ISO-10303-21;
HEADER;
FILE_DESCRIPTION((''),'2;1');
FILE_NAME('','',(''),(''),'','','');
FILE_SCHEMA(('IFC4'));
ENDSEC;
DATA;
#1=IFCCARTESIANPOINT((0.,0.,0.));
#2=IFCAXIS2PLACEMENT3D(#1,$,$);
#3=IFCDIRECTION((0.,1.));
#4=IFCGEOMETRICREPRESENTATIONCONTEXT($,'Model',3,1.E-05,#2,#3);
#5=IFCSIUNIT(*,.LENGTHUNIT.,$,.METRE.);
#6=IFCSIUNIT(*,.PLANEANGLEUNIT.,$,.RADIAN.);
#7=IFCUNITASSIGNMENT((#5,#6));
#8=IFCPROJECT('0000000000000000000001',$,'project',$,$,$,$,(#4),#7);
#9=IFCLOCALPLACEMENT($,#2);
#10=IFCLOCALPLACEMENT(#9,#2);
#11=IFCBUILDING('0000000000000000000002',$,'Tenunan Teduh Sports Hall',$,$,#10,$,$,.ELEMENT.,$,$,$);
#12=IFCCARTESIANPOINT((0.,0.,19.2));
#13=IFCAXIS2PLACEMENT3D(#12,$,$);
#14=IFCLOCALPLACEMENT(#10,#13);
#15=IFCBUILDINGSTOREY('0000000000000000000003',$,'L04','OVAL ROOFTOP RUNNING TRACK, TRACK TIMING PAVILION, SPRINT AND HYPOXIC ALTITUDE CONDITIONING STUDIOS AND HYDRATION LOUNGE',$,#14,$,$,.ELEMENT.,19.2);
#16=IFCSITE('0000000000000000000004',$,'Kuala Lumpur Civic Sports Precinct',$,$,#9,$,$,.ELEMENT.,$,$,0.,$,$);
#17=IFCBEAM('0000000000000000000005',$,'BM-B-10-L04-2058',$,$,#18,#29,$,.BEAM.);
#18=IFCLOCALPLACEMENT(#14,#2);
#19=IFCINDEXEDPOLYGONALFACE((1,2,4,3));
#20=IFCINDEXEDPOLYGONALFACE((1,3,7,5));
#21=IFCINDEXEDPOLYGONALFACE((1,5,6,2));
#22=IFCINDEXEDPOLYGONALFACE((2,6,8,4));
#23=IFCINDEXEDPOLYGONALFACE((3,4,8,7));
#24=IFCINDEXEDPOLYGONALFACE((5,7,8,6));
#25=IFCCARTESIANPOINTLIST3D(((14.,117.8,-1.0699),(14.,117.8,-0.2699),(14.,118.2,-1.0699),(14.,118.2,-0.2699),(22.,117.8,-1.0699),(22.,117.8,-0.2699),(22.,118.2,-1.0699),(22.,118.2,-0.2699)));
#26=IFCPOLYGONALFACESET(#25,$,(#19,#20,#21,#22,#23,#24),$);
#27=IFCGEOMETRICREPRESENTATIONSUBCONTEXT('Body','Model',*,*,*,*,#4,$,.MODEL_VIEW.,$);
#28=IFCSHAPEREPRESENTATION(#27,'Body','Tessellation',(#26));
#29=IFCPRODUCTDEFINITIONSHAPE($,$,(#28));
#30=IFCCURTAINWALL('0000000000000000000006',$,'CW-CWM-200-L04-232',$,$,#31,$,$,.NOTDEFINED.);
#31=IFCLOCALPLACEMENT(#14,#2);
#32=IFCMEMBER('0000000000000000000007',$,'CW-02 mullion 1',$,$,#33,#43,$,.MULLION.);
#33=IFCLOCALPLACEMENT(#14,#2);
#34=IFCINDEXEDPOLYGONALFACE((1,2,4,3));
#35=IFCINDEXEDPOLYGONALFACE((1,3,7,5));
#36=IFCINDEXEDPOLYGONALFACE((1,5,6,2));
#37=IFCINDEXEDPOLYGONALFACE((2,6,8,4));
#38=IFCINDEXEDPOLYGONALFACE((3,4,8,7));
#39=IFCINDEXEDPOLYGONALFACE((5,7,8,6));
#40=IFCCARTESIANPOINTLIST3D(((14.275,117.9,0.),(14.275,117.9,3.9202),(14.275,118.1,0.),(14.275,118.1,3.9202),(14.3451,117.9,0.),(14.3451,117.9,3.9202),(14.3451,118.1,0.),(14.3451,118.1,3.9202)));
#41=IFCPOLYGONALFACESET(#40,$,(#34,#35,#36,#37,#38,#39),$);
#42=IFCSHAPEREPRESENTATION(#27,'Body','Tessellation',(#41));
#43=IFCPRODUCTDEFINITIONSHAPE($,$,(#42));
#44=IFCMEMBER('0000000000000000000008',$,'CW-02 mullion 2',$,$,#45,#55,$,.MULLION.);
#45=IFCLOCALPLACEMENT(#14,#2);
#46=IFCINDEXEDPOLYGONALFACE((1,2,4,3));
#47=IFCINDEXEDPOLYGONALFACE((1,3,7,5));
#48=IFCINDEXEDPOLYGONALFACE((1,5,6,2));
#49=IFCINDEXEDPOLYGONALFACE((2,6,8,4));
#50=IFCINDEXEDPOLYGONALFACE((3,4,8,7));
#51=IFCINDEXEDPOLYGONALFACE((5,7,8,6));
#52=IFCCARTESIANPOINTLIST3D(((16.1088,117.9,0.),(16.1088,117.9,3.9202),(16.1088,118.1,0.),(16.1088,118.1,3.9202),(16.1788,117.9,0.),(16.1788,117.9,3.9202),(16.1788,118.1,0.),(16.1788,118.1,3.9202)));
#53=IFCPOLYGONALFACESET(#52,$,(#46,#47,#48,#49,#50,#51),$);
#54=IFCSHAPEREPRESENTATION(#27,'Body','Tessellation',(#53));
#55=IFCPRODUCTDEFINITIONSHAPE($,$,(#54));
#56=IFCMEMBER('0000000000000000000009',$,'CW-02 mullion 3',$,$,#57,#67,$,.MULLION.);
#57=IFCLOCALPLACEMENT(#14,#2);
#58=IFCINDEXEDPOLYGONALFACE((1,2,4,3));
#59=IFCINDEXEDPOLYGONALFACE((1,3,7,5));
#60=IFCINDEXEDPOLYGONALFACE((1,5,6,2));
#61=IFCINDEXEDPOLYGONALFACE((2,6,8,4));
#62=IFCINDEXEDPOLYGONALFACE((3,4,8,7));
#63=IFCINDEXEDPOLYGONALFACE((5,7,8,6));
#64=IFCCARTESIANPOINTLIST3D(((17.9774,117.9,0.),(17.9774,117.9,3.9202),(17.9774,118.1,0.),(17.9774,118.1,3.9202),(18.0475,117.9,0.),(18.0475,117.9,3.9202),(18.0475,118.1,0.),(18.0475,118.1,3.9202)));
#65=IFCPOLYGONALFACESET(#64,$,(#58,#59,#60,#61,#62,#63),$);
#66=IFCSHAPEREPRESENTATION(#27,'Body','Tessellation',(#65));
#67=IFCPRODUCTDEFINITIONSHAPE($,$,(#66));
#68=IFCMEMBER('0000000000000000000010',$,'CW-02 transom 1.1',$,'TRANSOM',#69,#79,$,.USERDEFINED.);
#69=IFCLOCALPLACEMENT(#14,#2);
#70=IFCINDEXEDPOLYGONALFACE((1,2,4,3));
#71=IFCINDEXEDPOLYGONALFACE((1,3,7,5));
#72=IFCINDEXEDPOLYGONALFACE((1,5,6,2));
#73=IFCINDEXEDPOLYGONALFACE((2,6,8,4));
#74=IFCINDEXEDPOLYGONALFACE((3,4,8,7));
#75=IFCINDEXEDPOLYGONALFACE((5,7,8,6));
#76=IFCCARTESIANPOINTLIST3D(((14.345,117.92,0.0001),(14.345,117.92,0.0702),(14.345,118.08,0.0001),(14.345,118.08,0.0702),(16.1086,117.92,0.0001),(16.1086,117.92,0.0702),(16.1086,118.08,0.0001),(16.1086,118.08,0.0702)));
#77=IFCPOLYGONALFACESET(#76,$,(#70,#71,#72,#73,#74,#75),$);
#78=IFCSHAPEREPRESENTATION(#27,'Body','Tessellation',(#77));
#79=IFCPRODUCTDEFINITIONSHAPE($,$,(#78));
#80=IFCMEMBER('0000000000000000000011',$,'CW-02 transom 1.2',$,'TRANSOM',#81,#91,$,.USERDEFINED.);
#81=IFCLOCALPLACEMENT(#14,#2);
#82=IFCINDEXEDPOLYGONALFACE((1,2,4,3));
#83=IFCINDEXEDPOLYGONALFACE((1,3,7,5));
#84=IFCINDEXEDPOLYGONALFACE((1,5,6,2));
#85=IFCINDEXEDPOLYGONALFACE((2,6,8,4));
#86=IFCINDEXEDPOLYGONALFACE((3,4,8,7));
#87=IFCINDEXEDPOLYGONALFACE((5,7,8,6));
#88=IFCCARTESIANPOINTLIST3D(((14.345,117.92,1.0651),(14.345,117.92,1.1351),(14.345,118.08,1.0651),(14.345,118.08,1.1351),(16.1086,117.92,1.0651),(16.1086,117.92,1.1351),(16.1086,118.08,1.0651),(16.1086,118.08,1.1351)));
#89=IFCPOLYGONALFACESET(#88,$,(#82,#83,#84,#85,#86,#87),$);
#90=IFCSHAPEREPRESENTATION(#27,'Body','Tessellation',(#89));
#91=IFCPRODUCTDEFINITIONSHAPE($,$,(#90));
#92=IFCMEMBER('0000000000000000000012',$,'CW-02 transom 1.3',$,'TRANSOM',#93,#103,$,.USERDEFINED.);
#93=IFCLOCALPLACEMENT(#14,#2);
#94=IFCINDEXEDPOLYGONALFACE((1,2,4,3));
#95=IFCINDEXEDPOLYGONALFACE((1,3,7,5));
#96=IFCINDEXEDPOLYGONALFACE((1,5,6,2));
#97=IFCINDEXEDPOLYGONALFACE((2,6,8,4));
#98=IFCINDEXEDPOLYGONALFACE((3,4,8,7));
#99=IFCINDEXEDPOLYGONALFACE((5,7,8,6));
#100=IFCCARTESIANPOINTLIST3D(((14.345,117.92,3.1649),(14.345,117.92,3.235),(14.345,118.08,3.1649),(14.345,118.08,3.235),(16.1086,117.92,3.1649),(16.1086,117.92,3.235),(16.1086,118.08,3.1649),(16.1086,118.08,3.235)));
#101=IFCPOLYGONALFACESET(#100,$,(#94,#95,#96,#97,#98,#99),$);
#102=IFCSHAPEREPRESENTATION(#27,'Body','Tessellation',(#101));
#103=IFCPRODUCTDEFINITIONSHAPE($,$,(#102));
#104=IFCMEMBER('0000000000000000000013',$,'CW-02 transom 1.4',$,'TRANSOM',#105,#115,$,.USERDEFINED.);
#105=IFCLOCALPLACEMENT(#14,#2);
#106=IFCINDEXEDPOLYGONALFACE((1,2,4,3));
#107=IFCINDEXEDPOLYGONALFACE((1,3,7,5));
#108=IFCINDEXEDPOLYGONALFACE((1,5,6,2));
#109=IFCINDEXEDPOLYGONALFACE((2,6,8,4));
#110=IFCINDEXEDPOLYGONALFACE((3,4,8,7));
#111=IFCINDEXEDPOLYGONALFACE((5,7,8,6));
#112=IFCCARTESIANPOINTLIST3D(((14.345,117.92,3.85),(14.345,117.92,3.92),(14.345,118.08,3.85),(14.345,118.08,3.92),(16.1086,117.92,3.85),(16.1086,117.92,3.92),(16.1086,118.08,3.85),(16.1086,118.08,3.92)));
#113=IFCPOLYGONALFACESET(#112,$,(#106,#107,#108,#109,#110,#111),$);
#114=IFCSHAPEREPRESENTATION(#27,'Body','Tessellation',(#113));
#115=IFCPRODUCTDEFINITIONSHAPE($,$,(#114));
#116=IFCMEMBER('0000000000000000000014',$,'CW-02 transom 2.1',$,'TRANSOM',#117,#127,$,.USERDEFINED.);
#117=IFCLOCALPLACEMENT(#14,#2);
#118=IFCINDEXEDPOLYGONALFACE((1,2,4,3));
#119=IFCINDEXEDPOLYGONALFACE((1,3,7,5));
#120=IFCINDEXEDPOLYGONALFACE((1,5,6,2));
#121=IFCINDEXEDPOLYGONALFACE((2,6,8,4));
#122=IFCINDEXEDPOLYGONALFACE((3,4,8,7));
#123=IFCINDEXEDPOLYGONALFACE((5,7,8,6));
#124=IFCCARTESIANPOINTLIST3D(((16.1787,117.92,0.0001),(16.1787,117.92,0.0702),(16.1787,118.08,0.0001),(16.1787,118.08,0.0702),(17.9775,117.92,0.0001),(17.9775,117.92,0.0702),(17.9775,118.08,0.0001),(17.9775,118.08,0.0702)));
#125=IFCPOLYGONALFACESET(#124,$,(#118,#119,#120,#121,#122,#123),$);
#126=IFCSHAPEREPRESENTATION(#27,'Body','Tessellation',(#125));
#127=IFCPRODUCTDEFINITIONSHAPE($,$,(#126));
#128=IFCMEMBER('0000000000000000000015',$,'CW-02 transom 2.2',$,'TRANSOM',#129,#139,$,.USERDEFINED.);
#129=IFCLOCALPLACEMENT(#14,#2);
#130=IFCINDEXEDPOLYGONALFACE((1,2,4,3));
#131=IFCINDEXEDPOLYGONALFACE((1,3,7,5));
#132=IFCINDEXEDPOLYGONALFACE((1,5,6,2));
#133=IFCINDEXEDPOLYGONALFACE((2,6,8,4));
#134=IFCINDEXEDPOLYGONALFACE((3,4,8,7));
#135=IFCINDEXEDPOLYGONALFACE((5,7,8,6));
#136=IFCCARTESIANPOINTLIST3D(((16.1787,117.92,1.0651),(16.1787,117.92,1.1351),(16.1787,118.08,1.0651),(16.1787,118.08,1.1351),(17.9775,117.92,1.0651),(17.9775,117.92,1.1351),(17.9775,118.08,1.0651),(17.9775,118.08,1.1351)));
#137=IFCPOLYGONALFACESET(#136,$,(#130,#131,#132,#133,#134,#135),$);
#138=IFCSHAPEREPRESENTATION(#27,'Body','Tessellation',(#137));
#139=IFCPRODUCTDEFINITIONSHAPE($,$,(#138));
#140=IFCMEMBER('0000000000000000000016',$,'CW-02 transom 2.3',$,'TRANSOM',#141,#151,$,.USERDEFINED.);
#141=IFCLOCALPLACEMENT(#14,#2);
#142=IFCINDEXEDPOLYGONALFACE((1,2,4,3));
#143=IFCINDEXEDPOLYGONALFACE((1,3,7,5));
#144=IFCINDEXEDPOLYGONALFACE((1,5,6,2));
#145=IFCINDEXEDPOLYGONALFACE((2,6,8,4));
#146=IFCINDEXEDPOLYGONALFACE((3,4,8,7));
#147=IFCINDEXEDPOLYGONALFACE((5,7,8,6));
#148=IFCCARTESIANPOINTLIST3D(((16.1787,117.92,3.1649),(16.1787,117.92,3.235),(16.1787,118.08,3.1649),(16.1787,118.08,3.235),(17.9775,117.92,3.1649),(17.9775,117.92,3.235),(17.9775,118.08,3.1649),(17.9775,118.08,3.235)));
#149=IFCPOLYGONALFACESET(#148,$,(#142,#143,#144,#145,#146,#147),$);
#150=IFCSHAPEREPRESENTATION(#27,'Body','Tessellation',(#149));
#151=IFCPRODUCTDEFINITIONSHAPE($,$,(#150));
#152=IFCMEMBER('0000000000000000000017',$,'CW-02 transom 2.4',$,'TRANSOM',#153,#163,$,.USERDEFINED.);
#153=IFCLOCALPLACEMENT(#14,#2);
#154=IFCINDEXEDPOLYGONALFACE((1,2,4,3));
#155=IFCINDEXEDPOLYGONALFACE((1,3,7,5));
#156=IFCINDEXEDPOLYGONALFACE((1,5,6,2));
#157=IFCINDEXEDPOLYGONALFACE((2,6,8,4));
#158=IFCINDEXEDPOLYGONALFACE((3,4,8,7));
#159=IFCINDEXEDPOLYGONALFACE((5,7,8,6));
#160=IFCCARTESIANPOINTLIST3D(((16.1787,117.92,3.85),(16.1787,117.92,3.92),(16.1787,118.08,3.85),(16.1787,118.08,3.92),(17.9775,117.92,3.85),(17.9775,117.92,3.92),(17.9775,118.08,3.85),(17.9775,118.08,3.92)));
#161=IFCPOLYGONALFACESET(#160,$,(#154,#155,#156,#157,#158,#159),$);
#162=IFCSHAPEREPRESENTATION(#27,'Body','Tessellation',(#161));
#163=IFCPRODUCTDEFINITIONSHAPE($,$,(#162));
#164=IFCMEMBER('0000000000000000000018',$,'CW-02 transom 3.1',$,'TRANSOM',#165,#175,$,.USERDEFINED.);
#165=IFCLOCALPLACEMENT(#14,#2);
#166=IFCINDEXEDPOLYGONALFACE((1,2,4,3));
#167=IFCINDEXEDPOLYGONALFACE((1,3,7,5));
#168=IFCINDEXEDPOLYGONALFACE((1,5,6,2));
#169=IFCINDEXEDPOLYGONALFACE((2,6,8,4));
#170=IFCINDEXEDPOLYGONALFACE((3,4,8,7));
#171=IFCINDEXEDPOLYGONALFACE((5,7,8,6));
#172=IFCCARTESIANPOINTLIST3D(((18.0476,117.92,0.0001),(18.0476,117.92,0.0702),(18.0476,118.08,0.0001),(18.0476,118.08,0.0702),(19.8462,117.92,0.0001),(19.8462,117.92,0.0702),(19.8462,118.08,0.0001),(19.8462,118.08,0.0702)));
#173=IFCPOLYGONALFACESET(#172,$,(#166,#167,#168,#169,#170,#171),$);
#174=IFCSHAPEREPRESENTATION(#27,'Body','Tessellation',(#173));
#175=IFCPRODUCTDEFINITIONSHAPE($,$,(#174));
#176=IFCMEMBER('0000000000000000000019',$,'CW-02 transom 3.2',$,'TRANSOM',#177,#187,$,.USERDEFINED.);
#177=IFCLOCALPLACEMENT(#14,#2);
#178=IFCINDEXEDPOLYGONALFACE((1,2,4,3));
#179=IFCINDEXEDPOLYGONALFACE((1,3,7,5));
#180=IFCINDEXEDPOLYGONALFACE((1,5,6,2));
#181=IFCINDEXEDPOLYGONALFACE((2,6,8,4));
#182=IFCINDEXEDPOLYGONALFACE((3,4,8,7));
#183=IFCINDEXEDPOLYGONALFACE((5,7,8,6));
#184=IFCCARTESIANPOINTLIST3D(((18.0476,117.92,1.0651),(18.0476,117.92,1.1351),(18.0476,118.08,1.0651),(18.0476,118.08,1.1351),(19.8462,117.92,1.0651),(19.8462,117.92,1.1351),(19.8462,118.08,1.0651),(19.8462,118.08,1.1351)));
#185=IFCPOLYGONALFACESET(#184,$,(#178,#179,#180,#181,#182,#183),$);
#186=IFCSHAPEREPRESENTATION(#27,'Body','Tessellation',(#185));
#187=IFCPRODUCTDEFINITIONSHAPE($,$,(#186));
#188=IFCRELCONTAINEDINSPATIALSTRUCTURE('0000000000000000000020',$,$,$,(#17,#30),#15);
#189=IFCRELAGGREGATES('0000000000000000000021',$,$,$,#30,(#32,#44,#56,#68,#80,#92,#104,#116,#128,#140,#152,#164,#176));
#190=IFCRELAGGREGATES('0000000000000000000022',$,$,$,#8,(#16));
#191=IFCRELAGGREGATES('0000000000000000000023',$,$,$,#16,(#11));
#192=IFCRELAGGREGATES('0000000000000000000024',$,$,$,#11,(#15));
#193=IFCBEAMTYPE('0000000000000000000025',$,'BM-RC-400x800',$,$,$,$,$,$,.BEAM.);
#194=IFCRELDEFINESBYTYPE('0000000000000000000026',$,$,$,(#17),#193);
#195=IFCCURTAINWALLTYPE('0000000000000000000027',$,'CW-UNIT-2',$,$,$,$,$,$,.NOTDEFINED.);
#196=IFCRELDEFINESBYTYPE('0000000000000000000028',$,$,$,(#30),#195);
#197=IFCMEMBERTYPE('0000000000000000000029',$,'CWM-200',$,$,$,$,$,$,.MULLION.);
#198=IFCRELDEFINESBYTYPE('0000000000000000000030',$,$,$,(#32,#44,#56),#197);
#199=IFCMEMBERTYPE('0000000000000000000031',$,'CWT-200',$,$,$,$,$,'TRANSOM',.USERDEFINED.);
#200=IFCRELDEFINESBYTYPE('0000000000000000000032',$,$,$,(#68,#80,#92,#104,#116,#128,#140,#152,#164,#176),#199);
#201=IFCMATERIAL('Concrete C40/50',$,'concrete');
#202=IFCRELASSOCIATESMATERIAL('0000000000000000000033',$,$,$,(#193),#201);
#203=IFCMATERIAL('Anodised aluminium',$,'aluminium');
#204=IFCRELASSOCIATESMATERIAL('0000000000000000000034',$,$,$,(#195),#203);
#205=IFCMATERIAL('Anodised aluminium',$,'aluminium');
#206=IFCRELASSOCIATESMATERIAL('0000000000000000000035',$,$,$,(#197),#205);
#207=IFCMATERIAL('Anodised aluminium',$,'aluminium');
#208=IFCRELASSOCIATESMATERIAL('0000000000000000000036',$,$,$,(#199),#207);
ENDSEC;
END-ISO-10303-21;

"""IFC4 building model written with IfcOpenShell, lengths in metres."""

from ifc_helpers import new_model, si_unit, direction, frame, origin, origin_2d, place, context, subcontext, project, spatial, rectangle, extrude, material, material_profile, profile_set, type_object, element, aggregate, save


model = new_model("IFC4")

# Units and contexts
model_context = context("Model", 3, precision=1e-05, world=origin(), true_north=direction((0.0, 1.0)))
body_context = subcontext(model_context, "Body", "Model", "MODEL_VIEW")
ifc_project = project(units=[si_unit("LENGTHUNIT", "METRE"), si_unit("PLANEANGLEUNIT", "RADIAN")], contexts=[model_context])

# Site, building, storey
site_placement = place(None, origin())
site = spatial("IfcSite", under=ifc_project, at=site_placement, Name="Kuala Lumpur Civic Sports Precinct", CompositionType="ELEMENT", RefElevation=0.0)
building_placement = place(site_placement, origin())
building = spatial("IfcBuilding", under=site, at=building_placement, Name="Tenunan Teduh Sports Hall", CompositionType="ELEMENT")
storey_placement = place(building_placement, frame((0.0, 0.0, 19.2)))
storey = spatial("IfcBuildingStorey", under=building, at=storey_placement, Name="L04", Description="OVAL ROOFTOP RUNNING TRACK, TRACK TIMING PAVILION, SPRINT AND HYPOXIC ALTITUDE CONDITIONING STUDIOS AND HYDRATION LOUNGE", CompositionType="ELEMENT", Elevation=19.2)

# Beam
ifc_material_1 = material(Name="Concrete C40/50", Category="concrete")
ifc_material_profile_1 = material_profile(ifc_material_1, rectangle(XDim=0.3999, YDim=0.8, at=origin_2d()), Name="RCB 400x800")
ifc_profile_set_1 = profile_set([ifc_material_profile_1], Name="Concrete C40/50")
beam_type = type_object("IfcBeamType", Name="BM-RC-400x800", PredefinedType="BEAM", material=ifc_profile_set_1)
beam_placement = place(storey_placement, frame((14.0, 118.0, -0.6699), z_axis=(1.0, 0.0, 0.0), x_axis=(0.0, 1.0, 0.0)))
element("IfcBeam", 1, at=beam_placement, inside=storey, type_object=beam_type, Name="BM-B-10-L04-2058", PredefinedType="BEAM", context=body_context, shape_type="SweptSolid", body=[
    extrude(rectangle(XDim=0.3999, YDim=0.8, at=origin_2d()), origin(), (0.0, 0.0, 1.0), 8.0),
])

# Curtain wall, members
ifc_material_2 = material(Name="Anodised aluminium", Category="aluminium")
curtain_wall_type = type_object("IfcCurtainWallType", Name="CW-UNIT-2", PredefinedType="NOTDEFINED", material=ifc_material_2)
curtain_wall_placement = place(storey_placement, origin())
curtain_wall = element("IfcCurtainWall", 2, at=curtain_wall_placement, inside=storey, type_object=curtain_wall_type, Name="CW-CWM-200-L04-232", PredefinedType="NOTDEFINED")
ifc_material_3 = material(Name="Anodised aluminium", Category="aluminium")
ifc_material_profile_2 = material_profile(ifc_material_3, rectangle(XDim=0.0701, YDim=0.2, at=origin_2d()), Name="CWM 70x200")
ifc_profile_set_2 = profile_set([ifc_material_profile_2], Name="Anodised aluminium")
member_type_1 = type_object("IfcMemberType", Name="CWM-200", PredefinedType="MULLION", material=ifc_profile_set_2)
member_1_placement = place(storey_placement, frame((14.3101, 118.0, 0.0), z_axis=(0.0, 0.0, 1.0), x_axis=(1.0, 0.0, 0.0)))
member_1 = element("IfcMember", 3, at=member_1_placement, type_object=member_type_1, Name="CW-02 mullion 1", PredefinedType="MULLION", context=body_context, shape_type="SweptSolid", body=[
    extrude(rectangle(XDim=0.0701, YDim=0.2, at=origin_2d()), origin(), (0.0, 0.0, 1.0), 3.9202),
])
member_2_placement = place(storey_placement, frame((16.1438, 118.0, 0.0), z_axis=(0.0, 0.0, 1.0), x_axis=(1.0, 0.0, 0.0)))
member_2 = element("IfcMember", 4, at=member_2_placement, type_object=member_type_1, Name="CW-02 mullion 2", PredefinedType="MULLION", context=body_context, shape_type="SweptSolid", body=[
    extrude(rectangle(XDim=0.0701, YDim=0.2, at=origin_2d()), origin(), (0.0, 0.0, 1.0), 3.9202),
])
member_3_placement = place(storey_placement, frame((18.0125, 118.0, 0.0), z_axis=(0.0, 0.0, 1.0), x_axis=(1.0, 0.0, 0.0)))
member_3 = element("IfcMember", 5, at=member_3_placement, type_object=member_type_1, Name="CW-02 mullion 3", PredefinedType="MULLION", context=body_context, shape_type="SweptSolid", body=[
    extrude(rectangle(XDim=0.0701, YDim=0.2, at=origin_2d()), origin(), (0.0, 0.0, 1.0), 3.9202),
])
ifc_material_4 = material(Name="Anodised aluminium", Category="aluminium")
ifc_material_profile_3 = material_profile(ifc_material_4, rectangle(XDim=0.0701, YDim=0.1599, at=origin_2d()), Name="CWT 70x160")
ifc_profile_set_3 = profile_set([ifc_material_profile_3], Name="Anodised aluminium")
member_type_2 = type_object("IfcMemberType", Name="CWT-200", ElementType="TRANSOM", PredefinedType="USERDEFINED", material=ifc_profile_set_3)
member_4_placement = place(storey_placement, frame((14.345, 118.0, 0.0352), z_axis=(1.0, 0.0, 0.0), x_axis=(0.0, 0.0, 1.0)))
member_4 = element("IfcMember", 6, at=member_4_placement, type_object=member_type_2, Name="CW-02 transom 1.1", ObjectType="TRANSOM", PredefinedType="USERDEFINED", context=body_context, shape_type="SweptSolid", body=[
    extrude(rectangle(XDim=0.0701, YDim=0.1599, at=origin_2d()), origin(), (0.0, 0.0, 1.0), 1.7637),
])
member_5_placement = place(storey_placement, frame((14.345, 118.0, 1.1001), z_axis=(1.0, 0.0, 0.0), x_axis=(0.0, 0.0, 1.0)))
member_5 = element("IfcMember", 7, at=member_5_placement, type_object=member_type_2, Name="CW-02 transom 1.2", ObjectType="TRANSOM", PredefinedType="USERDEFINED", context=body_context, shape_type="SweptSolid", body=[
    extrude(rectangle(XDim=0.0701, YDim=0.1599, at=origin_2d()), origin(), (0.0, 0.0, 1.0), 1.7637),
])
member_6_placement = place(storey_placement, frame((14.345, 118.0, 3.2), z_axis=(1.0, 0.0, 0.0), x_axis=(0.0, 0.0, 1.0)))
member_6 = element("IfcMember", 8, at=member_6_placement, type_object=member_type_2, Name="CW-02 transom 1.3", ObjectType="TRANSOM", PredefinedType="USERDEFINED", context=body_context, shape_type="SweptSolid", body=[
    extrude(rectangle(XDim=0.0701, YDim=0.1599, at=origin_2d()), origin(), (0.0, 0.0, 1.0), 1.7637),
])
member_7_placement = place(storey_placement, frame((14.345, 118.0, 3.885), z_axis=(1.0, 0.0, 0.0), x_axis=(0.0, 0.0, 1.0)))
member_7 = element("IfcMember", 9, at=member_7_placement, type_object=member_type_2, Name="CW-02 transom 1.4", ObjectType="TRANSOM", PredefinedType="USERDEFINED", context=body_context, shape_type="SweptSolid", body=[
    extrude(rectangle(XDim=0.0701, YDim=0.1599, at=origin_2d()), origin(), (0.0, 0.0, 1.0), 1.7637),
])
member_8_placement = place(storey_placement, frame((16.1787, 118.0, 0.0352), z_axis=(1.0, 0.0, 0.0), x_axis=(0.0, 0.0, 1.0)))
member_8 = element("IfcMember", 10, at=member_8_placement, type_object=member_type_2, Name="CW-02 transom 2.1", ObjectType="TRANSOM", PredefinedType="USERDEFINED", context=body_context, shape_type="SweptSolid", body=[
    extrude(rectangle(XDim=0.0701, YDim=0.1599, at=origin_2d()), origin(), (0.0, 0.0, 1.0), 1.7988),
])
member_9_placement = place(storey_placement, frame((16.1787, 118.0, 1.1001), z_axis=(1.0, 0.0, 0.0), x_axis=(0.0, 0.0, 1.0)))
member_9 = element("IfcMember", 11, at=member_9_placement, type_object=member_type_2, Name="CW-02 transom 2.2", ObjectType="TRANSOM", PredefinedType="USERDEFINED", context=body_context, shape_type="SweptSolid", body=[
    extrude(rectangle(XDim=0.0701, YDim=0.1599, at=origin_2d()), origin(), (0.0, 0.0, 1.0), 1.7988),
])
member_10_placement = place(storey_placement, frame((16.1787, 118.0, 3.2), z_axis=(1.0, 0.0, 0.0), x_axis=(0.0, 0.0, 1.0)))
member_10 = element("IfcMember", 12, at=member_10_placement, type_object=member_type_2, Name="CW-02 transom 2.3", ObjectType="TRANSOM", PredefinedType="USERDEFINED", context=body_context, shape_type="SweptSolid", body=[
    extrude(rectangle(XDim=0.0701, YDim=0.1599, at=origin_2d()), origin(), (0.0, 0.0, 1.0), 1.7988),
])
member_11_placement = place(storey_placement, frame((16.1787, 118.0, 3.885), z_axis=(1.0, 0.0, 0.0), x_axis=(0.0, 0.0, 1.0)))
member_11 = element("IfcMember", 13, at=member_11_placement, type_object=member_type_2, Name="CW-02 transom 2.4", ObjectType="TRANSOM", PredefinedType="USERDEFINED", context=body_context, shape_type="SweptSolid", body=[
    extrude(rectangle(XDim=0.0701, YDim=0.1599, at=origin_2d()), origin(), (0.0, 0.0, 1.0), 1.7988),
])
member_12_placement = place(storey_placement, frame((18.0476, 118.0, 0.0352), z_axis=(1.0, 0.0, 0.0), x_axis=(0.0, 0.0, 1.0)))
member_12 = element("IfcMember", 14, at=member_12_placement, type_object=member_type_2, Name="CW-02 transom 3.1", ObjectType="TRANSOM", PredefinedType="USERDEFINED", context=body_context, shape_type="SweptSolid", body=[
    extrude(rectangle(XDim=0.0701, YDim=0.1599, at=origin_2d()), origin(), (0.0, 0.0, 1.0), 1.7986),
])
member_13_placement = place(storey_placement, frame((18.0476, 118.0, 1.1001), z_axis=(1.0, 0.0, 0.0), x_axis=(0.0, 0.0, 1.0)))
member_13 = element("IfcMember", 15, at=member_13_placement, type_object=member_type_2, Name="CW-02 transom 3.2", ObjectType="TRANSOM", PredefinedType="USERDEFINED", context=body_context, shape_type="SweptSolid", body=[
    extrude(rectangle(XDim=0.0701, YDim=0.1599, at=origin_2d()), origin(), (0.0, 0.0, 1.0), 1.7986),
])
aggregate(curtain_wall, [member_1, member_2, member_3, member_4, member_5, member_6, member_7, member_8, member_9, member_10, member_11, member_12, member_13])

save(model, "model.ifc")
